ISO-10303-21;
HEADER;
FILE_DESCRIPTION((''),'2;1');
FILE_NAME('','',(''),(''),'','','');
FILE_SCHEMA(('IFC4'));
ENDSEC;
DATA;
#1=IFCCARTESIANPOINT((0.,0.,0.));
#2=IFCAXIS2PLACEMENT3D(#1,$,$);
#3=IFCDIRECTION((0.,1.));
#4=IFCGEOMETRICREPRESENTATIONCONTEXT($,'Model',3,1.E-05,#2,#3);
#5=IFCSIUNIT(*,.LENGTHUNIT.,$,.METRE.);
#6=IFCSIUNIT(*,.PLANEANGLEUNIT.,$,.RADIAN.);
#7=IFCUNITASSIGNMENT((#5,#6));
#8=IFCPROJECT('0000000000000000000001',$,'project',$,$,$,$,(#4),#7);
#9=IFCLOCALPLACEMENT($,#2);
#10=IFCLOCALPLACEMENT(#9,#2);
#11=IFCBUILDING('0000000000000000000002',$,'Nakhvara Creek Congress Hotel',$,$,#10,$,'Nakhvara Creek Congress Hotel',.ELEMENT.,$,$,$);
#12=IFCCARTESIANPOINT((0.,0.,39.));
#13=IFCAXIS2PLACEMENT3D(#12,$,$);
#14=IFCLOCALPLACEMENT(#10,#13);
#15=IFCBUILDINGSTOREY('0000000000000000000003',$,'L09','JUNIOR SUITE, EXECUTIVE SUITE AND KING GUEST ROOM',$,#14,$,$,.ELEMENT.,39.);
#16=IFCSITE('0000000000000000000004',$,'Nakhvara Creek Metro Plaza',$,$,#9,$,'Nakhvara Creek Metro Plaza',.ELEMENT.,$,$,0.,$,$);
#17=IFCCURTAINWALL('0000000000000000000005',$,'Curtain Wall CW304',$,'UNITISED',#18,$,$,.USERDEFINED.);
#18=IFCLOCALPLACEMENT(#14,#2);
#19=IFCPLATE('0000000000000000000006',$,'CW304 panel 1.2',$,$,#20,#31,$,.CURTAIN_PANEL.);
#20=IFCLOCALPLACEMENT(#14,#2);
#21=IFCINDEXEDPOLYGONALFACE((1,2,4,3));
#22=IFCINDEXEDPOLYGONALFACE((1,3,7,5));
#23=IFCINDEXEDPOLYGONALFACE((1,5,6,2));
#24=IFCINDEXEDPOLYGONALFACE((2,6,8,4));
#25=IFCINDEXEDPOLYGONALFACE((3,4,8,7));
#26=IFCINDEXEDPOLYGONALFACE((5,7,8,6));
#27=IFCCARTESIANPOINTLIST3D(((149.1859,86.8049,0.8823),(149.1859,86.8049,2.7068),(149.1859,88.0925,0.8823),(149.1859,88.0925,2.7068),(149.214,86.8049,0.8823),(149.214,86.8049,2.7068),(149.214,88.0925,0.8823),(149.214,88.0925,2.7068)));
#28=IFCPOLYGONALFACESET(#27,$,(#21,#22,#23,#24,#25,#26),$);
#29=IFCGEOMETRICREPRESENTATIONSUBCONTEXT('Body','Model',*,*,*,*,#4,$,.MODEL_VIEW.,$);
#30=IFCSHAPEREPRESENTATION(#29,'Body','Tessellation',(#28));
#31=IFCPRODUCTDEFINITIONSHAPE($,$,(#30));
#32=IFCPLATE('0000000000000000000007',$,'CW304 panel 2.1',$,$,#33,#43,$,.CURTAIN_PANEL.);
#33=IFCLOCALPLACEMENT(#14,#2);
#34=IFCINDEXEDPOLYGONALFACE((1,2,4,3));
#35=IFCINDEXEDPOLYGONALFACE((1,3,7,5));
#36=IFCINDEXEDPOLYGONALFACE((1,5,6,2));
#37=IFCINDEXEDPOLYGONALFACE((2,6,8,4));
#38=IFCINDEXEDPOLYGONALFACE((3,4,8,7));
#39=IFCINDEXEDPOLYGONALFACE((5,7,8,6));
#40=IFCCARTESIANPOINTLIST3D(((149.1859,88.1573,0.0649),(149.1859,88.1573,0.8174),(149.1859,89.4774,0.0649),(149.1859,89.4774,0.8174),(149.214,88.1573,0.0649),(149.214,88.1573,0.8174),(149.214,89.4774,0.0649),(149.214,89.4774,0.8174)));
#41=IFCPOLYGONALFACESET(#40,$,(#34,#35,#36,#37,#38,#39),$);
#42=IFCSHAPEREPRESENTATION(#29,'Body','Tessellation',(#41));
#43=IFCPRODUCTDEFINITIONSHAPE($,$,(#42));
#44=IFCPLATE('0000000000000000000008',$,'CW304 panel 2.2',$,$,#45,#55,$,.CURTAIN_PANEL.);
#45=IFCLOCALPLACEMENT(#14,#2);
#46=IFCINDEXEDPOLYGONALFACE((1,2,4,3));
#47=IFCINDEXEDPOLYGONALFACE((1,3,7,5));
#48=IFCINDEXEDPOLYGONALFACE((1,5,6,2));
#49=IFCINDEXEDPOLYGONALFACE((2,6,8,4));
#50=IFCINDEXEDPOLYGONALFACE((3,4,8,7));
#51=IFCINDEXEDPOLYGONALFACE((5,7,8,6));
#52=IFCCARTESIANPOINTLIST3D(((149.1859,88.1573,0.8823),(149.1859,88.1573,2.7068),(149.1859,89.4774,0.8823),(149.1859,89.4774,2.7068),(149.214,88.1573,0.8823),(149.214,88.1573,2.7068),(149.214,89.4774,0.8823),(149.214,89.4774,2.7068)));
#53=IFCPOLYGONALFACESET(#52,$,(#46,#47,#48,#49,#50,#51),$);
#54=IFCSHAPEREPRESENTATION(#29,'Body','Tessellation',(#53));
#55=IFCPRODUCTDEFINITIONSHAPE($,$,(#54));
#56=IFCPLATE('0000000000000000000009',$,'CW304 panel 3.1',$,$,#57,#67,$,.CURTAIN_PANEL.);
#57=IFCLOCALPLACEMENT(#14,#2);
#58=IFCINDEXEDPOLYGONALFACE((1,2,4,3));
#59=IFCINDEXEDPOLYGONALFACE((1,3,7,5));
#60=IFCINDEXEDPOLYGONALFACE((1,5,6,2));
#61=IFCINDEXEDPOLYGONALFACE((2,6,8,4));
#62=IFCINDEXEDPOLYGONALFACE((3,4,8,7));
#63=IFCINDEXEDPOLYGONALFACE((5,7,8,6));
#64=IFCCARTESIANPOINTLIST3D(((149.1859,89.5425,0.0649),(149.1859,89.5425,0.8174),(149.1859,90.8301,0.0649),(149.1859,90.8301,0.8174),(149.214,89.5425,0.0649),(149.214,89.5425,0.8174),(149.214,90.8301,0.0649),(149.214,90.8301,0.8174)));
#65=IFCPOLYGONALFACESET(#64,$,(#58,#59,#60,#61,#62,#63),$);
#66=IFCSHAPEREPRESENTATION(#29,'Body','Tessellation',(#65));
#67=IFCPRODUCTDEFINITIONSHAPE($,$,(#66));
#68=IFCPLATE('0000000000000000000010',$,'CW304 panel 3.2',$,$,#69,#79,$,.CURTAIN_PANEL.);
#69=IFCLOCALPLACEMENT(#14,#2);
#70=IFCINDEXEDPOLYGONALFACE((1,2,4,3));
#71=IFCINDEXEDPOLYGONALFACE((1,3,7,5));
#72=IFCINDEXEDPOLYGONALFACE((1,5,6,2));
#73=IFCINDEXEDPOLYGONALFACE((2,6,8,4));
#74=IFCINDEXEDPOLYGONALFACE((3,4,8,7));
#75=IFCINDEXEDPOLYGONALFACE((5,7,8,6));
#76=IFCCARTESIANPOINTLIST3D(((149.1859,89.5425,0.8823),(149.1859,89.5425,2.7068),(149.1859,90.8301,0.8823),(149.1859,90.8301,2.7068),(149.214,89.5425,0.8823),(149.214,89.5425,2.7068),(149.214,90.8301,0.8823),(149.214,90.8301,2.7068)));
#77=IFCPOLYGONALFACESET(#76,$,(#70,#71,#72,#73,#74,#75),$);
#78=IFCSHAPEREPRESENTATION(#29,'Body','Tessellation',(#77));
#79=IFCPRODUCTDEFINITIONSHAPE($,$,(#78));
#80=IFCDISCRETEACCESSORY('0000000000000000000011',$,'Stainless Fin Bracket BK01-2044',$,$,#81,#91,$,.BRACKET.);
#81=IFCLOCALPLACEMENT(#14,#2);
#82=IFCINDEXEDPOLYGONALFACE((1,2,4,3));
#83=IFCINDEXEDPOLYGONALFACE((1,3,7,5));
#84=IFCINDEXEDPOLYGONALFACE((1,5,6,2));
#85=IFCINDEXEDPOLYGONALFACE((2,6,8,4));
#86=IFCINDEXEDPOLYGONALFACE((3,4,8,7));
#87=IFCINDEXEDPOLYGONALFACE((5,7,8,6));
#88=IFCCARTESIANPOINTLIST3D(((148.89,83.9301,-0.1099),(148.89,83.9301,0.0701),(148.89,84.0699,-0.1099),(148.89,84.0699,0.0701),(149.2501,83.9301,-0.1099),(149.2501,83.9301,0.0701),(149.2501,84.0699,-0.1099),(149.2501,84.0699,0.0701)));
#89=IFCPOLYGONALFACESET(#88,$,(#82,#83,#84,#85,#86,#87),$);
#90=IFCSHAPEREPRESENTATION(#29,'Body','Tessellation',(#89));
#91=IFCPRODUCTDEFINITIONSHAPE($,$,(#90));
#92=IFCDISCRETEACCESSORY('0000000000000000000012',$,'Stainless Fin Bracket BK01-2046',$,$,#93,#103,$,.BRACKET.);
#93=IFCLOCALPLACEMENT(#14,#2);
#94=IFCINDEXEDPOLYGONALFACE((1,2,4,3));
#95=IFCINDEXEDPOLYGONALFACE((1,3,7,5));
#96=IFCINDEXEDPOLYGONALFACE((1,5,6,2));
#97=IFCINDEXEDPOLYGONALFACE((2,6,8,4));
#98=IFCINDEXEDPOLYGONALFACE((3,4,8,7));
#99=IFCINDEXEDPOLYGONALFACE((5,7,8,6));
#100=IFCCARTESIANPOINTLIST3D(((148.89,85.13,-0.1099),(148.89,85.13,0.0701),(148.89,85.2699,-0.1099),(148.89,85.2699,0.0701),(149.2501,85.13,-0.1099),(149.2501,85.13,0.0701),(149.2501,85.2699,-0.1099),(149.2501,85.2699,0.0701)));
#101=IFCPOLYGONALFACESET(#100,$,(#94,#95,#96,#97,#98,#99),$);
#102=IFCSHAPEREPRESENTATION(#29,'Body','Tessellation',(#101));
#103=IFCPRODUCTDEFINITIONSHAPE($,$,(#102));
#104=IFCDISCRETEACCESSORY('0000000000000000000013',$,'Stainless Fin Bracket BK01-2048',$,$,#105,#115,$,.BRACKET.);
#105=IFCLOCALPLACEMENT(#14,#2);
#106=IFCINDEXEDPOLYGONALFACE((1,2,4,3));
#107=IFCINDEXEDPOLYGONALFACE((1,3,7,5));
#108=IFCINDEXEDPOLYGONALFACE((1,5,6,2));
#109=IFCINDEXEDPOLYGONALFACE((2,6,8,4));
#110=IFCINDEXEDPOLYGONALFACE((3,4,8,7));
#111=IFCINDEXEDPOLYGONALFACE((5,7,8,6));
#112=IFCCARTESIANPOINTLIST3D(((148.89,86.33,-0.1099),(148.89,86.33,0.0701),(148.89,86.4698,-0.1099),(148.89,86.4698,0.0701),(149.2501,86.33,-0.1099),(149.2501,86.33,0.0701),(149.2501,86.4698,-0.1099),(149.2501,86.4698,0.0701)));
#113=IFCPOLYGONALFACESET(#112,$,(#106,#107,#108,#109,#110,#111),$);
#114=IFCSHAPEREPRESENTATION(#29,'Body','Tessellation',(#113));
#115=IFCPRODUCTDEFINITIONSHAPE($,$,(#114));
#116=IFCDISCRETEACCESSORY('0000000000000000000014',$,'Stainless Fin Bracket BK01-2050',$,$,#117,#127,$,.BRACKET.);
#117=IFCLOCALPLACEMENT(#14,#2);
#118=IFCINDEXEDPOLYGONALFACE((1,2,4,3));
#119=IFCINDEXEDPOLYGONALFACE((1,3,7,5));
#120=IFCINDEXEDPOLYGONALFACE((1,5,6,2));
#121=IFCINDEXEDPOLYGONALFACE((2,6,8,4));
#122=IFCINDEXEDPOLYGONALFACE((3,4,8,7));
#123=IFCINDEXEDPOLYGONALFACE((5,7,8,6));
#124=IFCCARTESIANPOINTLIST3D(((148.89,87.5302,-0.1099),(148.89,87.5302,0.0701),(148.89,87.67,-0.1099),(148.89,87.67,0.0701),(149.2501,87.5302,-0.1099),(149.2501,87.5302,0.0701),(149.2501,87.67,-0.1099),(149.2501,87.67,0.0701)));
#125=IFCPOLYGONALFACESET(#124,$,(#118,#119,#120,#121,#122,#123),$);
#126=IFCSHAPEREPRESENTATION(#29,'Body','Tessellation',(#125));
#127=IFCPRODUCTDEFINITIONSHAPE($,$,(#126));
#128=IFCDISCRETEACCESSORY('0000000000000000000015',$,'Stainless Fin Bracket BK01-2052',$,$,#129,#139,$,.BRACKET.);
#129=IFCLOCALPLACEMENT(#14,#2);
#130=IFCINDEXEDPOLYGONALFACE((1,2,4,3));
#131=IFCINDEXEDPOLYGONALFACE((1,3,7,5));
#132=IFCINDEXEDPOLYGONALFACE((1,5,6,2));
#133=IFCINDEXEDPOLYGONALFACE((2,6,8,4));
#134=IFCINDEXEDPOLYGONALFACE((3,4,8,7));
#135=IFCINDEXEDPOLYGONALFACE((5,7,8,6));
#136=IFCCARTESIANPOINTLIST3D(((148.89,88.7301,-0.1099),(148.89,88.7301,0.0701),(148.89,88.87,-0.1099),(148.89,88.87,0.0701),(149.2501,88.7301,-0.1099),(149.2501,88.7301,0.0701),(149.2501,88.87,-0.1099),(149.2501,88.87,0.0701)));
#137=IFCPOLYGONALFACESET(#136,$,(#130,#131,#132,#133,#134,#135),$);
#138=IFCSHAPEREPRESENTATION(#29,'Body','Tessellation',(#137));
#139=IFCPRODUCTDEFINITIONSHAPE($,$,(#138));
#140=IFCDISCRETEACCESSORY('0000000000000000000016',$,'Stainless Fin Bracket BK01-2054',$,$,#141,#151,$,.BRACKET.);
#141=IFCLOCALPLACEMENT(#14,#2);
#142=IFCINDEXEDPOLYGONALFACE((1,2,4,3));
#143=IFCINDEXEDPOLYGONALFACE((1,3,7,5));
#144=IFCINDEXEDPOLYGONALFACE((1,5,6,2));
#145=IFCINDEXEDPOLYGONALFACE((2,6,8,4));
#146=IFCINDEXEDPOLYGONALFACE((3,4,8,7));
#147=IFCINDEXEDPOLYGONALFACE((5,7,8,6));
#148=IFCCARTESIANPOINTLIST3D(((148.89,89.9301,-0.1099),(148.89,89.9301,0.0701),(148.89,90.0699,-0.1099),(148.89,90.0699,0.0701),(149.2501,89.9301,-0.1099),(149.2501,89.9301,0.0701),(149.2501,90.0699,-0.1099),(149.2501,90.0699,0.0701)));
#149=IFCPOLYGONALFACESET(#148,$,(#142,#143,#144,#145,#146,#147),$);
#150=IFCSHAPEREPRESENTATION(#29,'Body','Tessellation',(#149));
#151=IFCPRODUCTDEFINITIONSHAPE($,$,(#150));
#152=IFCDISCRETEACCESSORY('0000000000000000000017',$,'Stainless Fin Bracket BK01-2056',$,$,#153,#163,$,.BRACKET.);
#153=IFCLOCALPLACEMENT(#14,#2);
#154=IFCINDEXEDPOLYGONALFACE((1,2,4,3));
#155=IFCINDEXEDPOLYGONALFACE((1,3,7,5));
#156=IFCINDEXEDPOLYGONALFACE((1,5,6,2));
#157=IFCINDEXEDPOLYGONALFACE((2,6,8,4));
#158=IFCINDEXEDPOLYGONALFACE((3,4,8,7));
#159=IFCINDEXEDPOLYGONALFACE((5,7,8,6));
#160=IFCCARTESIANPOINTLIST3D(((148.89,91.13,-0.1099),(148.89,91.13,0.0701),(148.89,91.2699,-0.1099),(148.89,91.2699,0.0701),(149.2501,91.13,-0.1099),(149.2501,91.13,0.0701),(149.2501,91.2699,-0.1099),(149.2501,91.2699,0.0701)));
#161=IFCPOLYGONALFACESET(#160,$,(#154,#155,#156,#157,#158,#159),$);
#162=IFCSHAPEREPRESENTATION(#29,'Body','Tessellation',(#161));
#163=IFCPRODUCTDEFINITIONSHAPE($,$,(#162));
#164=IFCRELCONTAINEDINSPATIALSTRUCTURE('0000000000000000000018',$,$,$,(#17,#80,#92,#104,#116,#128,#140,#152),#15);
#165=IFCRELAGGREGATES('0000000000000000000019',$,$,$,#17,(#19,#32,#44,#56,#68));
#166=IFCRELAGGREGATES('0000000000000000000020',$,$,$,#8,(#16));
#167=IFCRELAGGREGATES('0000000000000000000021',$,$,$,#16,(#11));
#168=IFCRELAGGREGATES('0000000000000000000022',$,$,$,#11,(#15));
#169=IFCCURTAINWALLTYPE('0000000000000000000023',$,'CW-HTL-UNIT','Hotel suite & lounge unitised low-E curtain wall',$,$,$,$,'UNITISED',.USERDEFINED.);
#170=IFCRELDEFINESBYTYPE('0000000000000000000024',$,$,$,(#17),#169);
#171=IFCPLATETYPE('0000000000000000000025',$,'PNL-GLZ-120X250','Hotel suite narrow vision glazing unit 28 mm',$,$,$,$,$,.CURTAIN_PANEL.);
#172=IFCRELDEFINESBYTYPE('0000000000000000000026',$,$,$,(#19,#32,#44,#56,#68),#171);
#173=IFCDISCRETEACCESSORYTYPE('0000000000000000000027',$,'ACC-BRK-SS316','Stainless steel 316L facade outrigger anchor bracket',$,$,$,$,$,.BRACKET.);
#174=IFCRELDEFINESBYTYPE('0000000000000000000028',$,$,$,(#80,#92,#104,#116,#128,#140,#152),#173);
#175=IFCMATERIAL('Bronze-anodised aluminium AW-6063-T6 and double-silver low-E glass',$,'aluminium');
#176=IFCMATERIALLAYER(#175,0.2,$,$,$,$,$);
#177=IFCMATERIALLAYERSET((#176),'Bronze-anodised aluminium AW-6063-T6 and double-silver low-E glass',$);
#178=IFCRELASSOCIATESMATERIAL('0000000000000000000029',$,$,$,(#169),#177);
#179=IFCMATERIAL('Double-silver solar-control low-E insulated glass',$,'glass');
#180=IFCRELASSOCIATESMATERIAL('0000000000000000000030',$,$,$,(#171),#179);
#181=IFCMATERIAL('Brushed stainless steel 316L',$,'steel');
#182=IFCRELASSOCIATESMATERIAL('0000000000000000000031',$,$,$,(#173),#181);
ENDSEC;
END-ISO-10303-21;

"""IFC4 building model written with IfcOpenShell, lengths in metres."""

from ifc_helpers import new_model, si_unit, direction, frame, origin, origin_2d, place, context, subcontext, project, spatial, rectangle, extrude, material, layer, layer_set, type_object, element, aggregate, save


model = new_model("IFC4")

# Units and contexts
model_context = context("Model", 3, precision=1e-05, world=origin(), true_north=direction((0.0, 1.0)))
body_context = subcontext(model_context, "Body", "Model", "MODEL_VIEW")
ifc_project = project(units=[si_unit("LENGTHUNIT", "METRE"), si_unit("PLANEANGLEUNIT", "RADIAN")], contexts=[model_context])

# Site, building, storey
site_placement = place(None, origin())
site = spatial("IfcSite", under=ifc_project, at=site_placement, Name="Nakhvara Creek Metro Plaza", LongName="Nakhvara Creek Metro Plaza", CompositionType="ELEMENT", RefElevation=0.0)
building_placement = place(site_placement, origin())
building = spatial("IfcBuilding", under=site, at=building_placement, Name="Nakhvara Creek Congress Hotel", LongName="Nakhvara Creek Congress Hotel", CompositionType="ELEMENT")
storey_placement = place(building_placement, frame((0.0, 0.0, 39.0)))
storey = spatial("IfcBuildingStorey", under=building, at=storey_placement, Name="L09", Description="JUNIOR SUITE, EXECUTIVE SUITE AND KING GUEST ROOM", CompositionType="ELEMENT", Elevation=39.0)

# Curtain wall
ifc_material_1 = material(Name="Bronze-anodised aluminium AW-6063-T6 and double-silver low-E glass", Category="aluminium")
ifc_layer = layer(ifc_material_1, 0.2)
ifc_layer_set = layer_set([ifc_layer], Name="Bronze-anodised aluminium AW-6063-T6 and double-silver low-E glass")
curtain_wall_type = type_object("IfcCurtainWallType", Name="CW-HTL-UNIT", Description="Hotel suite & lounge unitised low-E curtain wall", ElementType="UNITISED", PredefinedType="USERDEFINED", material=ifc_layer_set)
curtain_wall_1_placement = place(storey_placement, origin())
curtain_wall_1 = element("IfcCurtainWall", 1, at=curtain_wall_1_placement, inside=storey, type_object=curtain_wall_type, Name="Curtain Wall CW304", ObjectType="UNITISED", PredefinedType="USERDEFINED")

# Plates
ifc_material_2 = material(Name="Double-silver solar-control low-E insulated glass", Category="glass")
plate_type = type_object("IfcPlateType", Name="PNL-GLZ-120X250", Description="Hotel suite narrow vision glazing unit 28 mm", PredefinedType="CURTAIN_PANEL", material=ifc_material_2)
plate_1_placement = place(storey_placement, frame((149.2, 87.4487, 0.8823), z_axis=(0.0, 0.0, 1.0), x_axis=(0.0, 1.0, 0.0)))
plate_1 = element("IfcPlate", 2, at=plate_1_placement, type_object=plate_type, Name="CW304 panel 1.2", PredefinedType="CURTAIN_PANEL", context=body_context, shape_type="SweptSolid", body=[
    extrude(rectangle(XDim=1.2876, YDim=0.0281, at=origin_2d()), origin(), (0.0, 0.0, 1.0), 1.8245),
])
plate_2_placement = place(storey_placement, frame((149.2, 88.8174, 0.0649), z_axis=(0.0, 0.0, 1.0), x_axis=(0.0, 1.0, 0.0)))
plate_2 = element("IfcPlate", 3, at=plate_2_placement, type_object=plate_type, Name="CW304 panel 2.1", PredefinedType="CURTAIN_PANEL", context=body_context, shape_type="SweptSolid", body=[
    extrude(rectangle(XDim=1.3201, YDim=0.0281, at=origin_2d()), origin(), (0.0, 0.0, 1.0), 0.7524),
])
plate_3_placement = place(storey_placement, frame((149.2, 88.8174, 0.8823), z_axis=(0.0, 0.0, 1.0), x_axis=(0.0, 1.0, 0.0)))
plate_3 = element("IfcPlate", 4, at=plate_3_placement, type_object=plate_type, Name="CW304 panel 2.2", PredefinedType="CURTAIN_PANEL", context=body_context, shape_type="SweptSolid", body=[
    extrude(rectangle(XDim=1.3201, YDim=0.0281, at=origin_2d()), origin(), (0.0, 0.0, 1.0), 1.8245),
])
plate_4_placement = place(storey_placement, frame((149.2, 90.1863, 0.0649), z_axis=(0.0, 0.0, 1.0), x_axis=(0.0, 1.0, 0.0)))
plate_4 = element("IfcPlate", 5, at=plate_4_placement, type_object=plate_type, Name="CW304 panel 3.1", PredefinedType="CURTAIN_PANEL", context=body_context, shape_type="SweptSolid", body=[
    extrude(rectangle(XDim=1.2876, YDim=0.0281, at=origin_2d()), origin(), (0.0, 0.0, 1.0), 0.7524),
])
plate_5_placement = place(storey_placement, frame((149.2, 90.1863, 0.8823), z_axis=(0.0, 0.0, 1.0), x_axis=(0.0, 1.0, 0.0)))
plate_5 = element("IfcPlate", 6, at=plate_5_placement, type_object=plate_type, Name="CW304 panel 3.2", PredefinedType="CURTAIN_PANEL", context=body_context, shape_type="SweptSolid", body=[
    extrude(rectangle(XDim=1.2876, YDim=0.0281, at=origin_2d()), origin(), (0.0, 0.0, 1.0), 1.8245),
])
aggregate(curtain_wall_1, [plate_1, plate_2, plate_3, plate_4, plate_5])

# Discrete accessories
ifc_material_3 = material(Name="Brushed stainless steel 316L", Category="steel")
discrete_accessory_type = type_object("IfcDiscreteAccessoryType", Name="ACC-BRK-SS316", Description="Stainless steel 316L facade outrigger anchor bracket", PredefinedType="BRACKET", material=ifc_material_3)
for number, where, z_axis, x_axis, name in (
    (7, (149.0701, 84.0, -0.1099), (0.0, 0.0, 1.0), (0.0, 1.0, 0.0), "Stainless Fin Bracket BK01-2044"),
    (8, (149.0701, 85.2, -0.1099), (0.0, 0.0, 1.0), (0.0, 1.0, 0.0), "Stainless Fin Bracket BK01-2046"),
    (9, (149.0701, 86.3999, -0.1099), (0.0, 0.0, 1.0), (0.0, 1.0, 0.0), "Stainless Fin Bracket BK01-2048"),
    (10, (149.0701, 87.6001, -0.1099), (0.0, 0.0, 1.0), (0.0, 1.0, 0.0), "Stainless Fin Bracket BK01-2050"),
    (11, (149.0701, 88.8, -0.1099), (0.0, 0.0, 1.0), (0.0, 1.0, 0.0), "Stainless Fin Bracket BK01-2052"),
    (12, (149.0701, 90.0, -0.1099), (0.0, 0.0, 1.0), (0.0, 1.0, 0.0), "Stainless Fin Bracket BK01-2054"),
    (13, (149.0701, 91.2, -0.1099), (0.0, 0.0, 1.0), (0.0, 1.0, 0.0), "Stainless Fin Bracket BK01-2056"),
):
    element("IfcDiscreteAccessory", number, at=place(storey_placement, frame(where, z_axis=z_axis, x_axis=x_axis)), inside=storey, type_object=discrete_accessory_type, Name=name, PredefinedType="BRACKET", context=body_context, shape_type="SweptSolid", body=[
        extrude(rectangle(XDim=0.1399, YDim=0.3601, at=origin_2d()), origin(), (0.0, 0.0, 1.0), 0.1799),
    ])

save(model, "model.ifc")
